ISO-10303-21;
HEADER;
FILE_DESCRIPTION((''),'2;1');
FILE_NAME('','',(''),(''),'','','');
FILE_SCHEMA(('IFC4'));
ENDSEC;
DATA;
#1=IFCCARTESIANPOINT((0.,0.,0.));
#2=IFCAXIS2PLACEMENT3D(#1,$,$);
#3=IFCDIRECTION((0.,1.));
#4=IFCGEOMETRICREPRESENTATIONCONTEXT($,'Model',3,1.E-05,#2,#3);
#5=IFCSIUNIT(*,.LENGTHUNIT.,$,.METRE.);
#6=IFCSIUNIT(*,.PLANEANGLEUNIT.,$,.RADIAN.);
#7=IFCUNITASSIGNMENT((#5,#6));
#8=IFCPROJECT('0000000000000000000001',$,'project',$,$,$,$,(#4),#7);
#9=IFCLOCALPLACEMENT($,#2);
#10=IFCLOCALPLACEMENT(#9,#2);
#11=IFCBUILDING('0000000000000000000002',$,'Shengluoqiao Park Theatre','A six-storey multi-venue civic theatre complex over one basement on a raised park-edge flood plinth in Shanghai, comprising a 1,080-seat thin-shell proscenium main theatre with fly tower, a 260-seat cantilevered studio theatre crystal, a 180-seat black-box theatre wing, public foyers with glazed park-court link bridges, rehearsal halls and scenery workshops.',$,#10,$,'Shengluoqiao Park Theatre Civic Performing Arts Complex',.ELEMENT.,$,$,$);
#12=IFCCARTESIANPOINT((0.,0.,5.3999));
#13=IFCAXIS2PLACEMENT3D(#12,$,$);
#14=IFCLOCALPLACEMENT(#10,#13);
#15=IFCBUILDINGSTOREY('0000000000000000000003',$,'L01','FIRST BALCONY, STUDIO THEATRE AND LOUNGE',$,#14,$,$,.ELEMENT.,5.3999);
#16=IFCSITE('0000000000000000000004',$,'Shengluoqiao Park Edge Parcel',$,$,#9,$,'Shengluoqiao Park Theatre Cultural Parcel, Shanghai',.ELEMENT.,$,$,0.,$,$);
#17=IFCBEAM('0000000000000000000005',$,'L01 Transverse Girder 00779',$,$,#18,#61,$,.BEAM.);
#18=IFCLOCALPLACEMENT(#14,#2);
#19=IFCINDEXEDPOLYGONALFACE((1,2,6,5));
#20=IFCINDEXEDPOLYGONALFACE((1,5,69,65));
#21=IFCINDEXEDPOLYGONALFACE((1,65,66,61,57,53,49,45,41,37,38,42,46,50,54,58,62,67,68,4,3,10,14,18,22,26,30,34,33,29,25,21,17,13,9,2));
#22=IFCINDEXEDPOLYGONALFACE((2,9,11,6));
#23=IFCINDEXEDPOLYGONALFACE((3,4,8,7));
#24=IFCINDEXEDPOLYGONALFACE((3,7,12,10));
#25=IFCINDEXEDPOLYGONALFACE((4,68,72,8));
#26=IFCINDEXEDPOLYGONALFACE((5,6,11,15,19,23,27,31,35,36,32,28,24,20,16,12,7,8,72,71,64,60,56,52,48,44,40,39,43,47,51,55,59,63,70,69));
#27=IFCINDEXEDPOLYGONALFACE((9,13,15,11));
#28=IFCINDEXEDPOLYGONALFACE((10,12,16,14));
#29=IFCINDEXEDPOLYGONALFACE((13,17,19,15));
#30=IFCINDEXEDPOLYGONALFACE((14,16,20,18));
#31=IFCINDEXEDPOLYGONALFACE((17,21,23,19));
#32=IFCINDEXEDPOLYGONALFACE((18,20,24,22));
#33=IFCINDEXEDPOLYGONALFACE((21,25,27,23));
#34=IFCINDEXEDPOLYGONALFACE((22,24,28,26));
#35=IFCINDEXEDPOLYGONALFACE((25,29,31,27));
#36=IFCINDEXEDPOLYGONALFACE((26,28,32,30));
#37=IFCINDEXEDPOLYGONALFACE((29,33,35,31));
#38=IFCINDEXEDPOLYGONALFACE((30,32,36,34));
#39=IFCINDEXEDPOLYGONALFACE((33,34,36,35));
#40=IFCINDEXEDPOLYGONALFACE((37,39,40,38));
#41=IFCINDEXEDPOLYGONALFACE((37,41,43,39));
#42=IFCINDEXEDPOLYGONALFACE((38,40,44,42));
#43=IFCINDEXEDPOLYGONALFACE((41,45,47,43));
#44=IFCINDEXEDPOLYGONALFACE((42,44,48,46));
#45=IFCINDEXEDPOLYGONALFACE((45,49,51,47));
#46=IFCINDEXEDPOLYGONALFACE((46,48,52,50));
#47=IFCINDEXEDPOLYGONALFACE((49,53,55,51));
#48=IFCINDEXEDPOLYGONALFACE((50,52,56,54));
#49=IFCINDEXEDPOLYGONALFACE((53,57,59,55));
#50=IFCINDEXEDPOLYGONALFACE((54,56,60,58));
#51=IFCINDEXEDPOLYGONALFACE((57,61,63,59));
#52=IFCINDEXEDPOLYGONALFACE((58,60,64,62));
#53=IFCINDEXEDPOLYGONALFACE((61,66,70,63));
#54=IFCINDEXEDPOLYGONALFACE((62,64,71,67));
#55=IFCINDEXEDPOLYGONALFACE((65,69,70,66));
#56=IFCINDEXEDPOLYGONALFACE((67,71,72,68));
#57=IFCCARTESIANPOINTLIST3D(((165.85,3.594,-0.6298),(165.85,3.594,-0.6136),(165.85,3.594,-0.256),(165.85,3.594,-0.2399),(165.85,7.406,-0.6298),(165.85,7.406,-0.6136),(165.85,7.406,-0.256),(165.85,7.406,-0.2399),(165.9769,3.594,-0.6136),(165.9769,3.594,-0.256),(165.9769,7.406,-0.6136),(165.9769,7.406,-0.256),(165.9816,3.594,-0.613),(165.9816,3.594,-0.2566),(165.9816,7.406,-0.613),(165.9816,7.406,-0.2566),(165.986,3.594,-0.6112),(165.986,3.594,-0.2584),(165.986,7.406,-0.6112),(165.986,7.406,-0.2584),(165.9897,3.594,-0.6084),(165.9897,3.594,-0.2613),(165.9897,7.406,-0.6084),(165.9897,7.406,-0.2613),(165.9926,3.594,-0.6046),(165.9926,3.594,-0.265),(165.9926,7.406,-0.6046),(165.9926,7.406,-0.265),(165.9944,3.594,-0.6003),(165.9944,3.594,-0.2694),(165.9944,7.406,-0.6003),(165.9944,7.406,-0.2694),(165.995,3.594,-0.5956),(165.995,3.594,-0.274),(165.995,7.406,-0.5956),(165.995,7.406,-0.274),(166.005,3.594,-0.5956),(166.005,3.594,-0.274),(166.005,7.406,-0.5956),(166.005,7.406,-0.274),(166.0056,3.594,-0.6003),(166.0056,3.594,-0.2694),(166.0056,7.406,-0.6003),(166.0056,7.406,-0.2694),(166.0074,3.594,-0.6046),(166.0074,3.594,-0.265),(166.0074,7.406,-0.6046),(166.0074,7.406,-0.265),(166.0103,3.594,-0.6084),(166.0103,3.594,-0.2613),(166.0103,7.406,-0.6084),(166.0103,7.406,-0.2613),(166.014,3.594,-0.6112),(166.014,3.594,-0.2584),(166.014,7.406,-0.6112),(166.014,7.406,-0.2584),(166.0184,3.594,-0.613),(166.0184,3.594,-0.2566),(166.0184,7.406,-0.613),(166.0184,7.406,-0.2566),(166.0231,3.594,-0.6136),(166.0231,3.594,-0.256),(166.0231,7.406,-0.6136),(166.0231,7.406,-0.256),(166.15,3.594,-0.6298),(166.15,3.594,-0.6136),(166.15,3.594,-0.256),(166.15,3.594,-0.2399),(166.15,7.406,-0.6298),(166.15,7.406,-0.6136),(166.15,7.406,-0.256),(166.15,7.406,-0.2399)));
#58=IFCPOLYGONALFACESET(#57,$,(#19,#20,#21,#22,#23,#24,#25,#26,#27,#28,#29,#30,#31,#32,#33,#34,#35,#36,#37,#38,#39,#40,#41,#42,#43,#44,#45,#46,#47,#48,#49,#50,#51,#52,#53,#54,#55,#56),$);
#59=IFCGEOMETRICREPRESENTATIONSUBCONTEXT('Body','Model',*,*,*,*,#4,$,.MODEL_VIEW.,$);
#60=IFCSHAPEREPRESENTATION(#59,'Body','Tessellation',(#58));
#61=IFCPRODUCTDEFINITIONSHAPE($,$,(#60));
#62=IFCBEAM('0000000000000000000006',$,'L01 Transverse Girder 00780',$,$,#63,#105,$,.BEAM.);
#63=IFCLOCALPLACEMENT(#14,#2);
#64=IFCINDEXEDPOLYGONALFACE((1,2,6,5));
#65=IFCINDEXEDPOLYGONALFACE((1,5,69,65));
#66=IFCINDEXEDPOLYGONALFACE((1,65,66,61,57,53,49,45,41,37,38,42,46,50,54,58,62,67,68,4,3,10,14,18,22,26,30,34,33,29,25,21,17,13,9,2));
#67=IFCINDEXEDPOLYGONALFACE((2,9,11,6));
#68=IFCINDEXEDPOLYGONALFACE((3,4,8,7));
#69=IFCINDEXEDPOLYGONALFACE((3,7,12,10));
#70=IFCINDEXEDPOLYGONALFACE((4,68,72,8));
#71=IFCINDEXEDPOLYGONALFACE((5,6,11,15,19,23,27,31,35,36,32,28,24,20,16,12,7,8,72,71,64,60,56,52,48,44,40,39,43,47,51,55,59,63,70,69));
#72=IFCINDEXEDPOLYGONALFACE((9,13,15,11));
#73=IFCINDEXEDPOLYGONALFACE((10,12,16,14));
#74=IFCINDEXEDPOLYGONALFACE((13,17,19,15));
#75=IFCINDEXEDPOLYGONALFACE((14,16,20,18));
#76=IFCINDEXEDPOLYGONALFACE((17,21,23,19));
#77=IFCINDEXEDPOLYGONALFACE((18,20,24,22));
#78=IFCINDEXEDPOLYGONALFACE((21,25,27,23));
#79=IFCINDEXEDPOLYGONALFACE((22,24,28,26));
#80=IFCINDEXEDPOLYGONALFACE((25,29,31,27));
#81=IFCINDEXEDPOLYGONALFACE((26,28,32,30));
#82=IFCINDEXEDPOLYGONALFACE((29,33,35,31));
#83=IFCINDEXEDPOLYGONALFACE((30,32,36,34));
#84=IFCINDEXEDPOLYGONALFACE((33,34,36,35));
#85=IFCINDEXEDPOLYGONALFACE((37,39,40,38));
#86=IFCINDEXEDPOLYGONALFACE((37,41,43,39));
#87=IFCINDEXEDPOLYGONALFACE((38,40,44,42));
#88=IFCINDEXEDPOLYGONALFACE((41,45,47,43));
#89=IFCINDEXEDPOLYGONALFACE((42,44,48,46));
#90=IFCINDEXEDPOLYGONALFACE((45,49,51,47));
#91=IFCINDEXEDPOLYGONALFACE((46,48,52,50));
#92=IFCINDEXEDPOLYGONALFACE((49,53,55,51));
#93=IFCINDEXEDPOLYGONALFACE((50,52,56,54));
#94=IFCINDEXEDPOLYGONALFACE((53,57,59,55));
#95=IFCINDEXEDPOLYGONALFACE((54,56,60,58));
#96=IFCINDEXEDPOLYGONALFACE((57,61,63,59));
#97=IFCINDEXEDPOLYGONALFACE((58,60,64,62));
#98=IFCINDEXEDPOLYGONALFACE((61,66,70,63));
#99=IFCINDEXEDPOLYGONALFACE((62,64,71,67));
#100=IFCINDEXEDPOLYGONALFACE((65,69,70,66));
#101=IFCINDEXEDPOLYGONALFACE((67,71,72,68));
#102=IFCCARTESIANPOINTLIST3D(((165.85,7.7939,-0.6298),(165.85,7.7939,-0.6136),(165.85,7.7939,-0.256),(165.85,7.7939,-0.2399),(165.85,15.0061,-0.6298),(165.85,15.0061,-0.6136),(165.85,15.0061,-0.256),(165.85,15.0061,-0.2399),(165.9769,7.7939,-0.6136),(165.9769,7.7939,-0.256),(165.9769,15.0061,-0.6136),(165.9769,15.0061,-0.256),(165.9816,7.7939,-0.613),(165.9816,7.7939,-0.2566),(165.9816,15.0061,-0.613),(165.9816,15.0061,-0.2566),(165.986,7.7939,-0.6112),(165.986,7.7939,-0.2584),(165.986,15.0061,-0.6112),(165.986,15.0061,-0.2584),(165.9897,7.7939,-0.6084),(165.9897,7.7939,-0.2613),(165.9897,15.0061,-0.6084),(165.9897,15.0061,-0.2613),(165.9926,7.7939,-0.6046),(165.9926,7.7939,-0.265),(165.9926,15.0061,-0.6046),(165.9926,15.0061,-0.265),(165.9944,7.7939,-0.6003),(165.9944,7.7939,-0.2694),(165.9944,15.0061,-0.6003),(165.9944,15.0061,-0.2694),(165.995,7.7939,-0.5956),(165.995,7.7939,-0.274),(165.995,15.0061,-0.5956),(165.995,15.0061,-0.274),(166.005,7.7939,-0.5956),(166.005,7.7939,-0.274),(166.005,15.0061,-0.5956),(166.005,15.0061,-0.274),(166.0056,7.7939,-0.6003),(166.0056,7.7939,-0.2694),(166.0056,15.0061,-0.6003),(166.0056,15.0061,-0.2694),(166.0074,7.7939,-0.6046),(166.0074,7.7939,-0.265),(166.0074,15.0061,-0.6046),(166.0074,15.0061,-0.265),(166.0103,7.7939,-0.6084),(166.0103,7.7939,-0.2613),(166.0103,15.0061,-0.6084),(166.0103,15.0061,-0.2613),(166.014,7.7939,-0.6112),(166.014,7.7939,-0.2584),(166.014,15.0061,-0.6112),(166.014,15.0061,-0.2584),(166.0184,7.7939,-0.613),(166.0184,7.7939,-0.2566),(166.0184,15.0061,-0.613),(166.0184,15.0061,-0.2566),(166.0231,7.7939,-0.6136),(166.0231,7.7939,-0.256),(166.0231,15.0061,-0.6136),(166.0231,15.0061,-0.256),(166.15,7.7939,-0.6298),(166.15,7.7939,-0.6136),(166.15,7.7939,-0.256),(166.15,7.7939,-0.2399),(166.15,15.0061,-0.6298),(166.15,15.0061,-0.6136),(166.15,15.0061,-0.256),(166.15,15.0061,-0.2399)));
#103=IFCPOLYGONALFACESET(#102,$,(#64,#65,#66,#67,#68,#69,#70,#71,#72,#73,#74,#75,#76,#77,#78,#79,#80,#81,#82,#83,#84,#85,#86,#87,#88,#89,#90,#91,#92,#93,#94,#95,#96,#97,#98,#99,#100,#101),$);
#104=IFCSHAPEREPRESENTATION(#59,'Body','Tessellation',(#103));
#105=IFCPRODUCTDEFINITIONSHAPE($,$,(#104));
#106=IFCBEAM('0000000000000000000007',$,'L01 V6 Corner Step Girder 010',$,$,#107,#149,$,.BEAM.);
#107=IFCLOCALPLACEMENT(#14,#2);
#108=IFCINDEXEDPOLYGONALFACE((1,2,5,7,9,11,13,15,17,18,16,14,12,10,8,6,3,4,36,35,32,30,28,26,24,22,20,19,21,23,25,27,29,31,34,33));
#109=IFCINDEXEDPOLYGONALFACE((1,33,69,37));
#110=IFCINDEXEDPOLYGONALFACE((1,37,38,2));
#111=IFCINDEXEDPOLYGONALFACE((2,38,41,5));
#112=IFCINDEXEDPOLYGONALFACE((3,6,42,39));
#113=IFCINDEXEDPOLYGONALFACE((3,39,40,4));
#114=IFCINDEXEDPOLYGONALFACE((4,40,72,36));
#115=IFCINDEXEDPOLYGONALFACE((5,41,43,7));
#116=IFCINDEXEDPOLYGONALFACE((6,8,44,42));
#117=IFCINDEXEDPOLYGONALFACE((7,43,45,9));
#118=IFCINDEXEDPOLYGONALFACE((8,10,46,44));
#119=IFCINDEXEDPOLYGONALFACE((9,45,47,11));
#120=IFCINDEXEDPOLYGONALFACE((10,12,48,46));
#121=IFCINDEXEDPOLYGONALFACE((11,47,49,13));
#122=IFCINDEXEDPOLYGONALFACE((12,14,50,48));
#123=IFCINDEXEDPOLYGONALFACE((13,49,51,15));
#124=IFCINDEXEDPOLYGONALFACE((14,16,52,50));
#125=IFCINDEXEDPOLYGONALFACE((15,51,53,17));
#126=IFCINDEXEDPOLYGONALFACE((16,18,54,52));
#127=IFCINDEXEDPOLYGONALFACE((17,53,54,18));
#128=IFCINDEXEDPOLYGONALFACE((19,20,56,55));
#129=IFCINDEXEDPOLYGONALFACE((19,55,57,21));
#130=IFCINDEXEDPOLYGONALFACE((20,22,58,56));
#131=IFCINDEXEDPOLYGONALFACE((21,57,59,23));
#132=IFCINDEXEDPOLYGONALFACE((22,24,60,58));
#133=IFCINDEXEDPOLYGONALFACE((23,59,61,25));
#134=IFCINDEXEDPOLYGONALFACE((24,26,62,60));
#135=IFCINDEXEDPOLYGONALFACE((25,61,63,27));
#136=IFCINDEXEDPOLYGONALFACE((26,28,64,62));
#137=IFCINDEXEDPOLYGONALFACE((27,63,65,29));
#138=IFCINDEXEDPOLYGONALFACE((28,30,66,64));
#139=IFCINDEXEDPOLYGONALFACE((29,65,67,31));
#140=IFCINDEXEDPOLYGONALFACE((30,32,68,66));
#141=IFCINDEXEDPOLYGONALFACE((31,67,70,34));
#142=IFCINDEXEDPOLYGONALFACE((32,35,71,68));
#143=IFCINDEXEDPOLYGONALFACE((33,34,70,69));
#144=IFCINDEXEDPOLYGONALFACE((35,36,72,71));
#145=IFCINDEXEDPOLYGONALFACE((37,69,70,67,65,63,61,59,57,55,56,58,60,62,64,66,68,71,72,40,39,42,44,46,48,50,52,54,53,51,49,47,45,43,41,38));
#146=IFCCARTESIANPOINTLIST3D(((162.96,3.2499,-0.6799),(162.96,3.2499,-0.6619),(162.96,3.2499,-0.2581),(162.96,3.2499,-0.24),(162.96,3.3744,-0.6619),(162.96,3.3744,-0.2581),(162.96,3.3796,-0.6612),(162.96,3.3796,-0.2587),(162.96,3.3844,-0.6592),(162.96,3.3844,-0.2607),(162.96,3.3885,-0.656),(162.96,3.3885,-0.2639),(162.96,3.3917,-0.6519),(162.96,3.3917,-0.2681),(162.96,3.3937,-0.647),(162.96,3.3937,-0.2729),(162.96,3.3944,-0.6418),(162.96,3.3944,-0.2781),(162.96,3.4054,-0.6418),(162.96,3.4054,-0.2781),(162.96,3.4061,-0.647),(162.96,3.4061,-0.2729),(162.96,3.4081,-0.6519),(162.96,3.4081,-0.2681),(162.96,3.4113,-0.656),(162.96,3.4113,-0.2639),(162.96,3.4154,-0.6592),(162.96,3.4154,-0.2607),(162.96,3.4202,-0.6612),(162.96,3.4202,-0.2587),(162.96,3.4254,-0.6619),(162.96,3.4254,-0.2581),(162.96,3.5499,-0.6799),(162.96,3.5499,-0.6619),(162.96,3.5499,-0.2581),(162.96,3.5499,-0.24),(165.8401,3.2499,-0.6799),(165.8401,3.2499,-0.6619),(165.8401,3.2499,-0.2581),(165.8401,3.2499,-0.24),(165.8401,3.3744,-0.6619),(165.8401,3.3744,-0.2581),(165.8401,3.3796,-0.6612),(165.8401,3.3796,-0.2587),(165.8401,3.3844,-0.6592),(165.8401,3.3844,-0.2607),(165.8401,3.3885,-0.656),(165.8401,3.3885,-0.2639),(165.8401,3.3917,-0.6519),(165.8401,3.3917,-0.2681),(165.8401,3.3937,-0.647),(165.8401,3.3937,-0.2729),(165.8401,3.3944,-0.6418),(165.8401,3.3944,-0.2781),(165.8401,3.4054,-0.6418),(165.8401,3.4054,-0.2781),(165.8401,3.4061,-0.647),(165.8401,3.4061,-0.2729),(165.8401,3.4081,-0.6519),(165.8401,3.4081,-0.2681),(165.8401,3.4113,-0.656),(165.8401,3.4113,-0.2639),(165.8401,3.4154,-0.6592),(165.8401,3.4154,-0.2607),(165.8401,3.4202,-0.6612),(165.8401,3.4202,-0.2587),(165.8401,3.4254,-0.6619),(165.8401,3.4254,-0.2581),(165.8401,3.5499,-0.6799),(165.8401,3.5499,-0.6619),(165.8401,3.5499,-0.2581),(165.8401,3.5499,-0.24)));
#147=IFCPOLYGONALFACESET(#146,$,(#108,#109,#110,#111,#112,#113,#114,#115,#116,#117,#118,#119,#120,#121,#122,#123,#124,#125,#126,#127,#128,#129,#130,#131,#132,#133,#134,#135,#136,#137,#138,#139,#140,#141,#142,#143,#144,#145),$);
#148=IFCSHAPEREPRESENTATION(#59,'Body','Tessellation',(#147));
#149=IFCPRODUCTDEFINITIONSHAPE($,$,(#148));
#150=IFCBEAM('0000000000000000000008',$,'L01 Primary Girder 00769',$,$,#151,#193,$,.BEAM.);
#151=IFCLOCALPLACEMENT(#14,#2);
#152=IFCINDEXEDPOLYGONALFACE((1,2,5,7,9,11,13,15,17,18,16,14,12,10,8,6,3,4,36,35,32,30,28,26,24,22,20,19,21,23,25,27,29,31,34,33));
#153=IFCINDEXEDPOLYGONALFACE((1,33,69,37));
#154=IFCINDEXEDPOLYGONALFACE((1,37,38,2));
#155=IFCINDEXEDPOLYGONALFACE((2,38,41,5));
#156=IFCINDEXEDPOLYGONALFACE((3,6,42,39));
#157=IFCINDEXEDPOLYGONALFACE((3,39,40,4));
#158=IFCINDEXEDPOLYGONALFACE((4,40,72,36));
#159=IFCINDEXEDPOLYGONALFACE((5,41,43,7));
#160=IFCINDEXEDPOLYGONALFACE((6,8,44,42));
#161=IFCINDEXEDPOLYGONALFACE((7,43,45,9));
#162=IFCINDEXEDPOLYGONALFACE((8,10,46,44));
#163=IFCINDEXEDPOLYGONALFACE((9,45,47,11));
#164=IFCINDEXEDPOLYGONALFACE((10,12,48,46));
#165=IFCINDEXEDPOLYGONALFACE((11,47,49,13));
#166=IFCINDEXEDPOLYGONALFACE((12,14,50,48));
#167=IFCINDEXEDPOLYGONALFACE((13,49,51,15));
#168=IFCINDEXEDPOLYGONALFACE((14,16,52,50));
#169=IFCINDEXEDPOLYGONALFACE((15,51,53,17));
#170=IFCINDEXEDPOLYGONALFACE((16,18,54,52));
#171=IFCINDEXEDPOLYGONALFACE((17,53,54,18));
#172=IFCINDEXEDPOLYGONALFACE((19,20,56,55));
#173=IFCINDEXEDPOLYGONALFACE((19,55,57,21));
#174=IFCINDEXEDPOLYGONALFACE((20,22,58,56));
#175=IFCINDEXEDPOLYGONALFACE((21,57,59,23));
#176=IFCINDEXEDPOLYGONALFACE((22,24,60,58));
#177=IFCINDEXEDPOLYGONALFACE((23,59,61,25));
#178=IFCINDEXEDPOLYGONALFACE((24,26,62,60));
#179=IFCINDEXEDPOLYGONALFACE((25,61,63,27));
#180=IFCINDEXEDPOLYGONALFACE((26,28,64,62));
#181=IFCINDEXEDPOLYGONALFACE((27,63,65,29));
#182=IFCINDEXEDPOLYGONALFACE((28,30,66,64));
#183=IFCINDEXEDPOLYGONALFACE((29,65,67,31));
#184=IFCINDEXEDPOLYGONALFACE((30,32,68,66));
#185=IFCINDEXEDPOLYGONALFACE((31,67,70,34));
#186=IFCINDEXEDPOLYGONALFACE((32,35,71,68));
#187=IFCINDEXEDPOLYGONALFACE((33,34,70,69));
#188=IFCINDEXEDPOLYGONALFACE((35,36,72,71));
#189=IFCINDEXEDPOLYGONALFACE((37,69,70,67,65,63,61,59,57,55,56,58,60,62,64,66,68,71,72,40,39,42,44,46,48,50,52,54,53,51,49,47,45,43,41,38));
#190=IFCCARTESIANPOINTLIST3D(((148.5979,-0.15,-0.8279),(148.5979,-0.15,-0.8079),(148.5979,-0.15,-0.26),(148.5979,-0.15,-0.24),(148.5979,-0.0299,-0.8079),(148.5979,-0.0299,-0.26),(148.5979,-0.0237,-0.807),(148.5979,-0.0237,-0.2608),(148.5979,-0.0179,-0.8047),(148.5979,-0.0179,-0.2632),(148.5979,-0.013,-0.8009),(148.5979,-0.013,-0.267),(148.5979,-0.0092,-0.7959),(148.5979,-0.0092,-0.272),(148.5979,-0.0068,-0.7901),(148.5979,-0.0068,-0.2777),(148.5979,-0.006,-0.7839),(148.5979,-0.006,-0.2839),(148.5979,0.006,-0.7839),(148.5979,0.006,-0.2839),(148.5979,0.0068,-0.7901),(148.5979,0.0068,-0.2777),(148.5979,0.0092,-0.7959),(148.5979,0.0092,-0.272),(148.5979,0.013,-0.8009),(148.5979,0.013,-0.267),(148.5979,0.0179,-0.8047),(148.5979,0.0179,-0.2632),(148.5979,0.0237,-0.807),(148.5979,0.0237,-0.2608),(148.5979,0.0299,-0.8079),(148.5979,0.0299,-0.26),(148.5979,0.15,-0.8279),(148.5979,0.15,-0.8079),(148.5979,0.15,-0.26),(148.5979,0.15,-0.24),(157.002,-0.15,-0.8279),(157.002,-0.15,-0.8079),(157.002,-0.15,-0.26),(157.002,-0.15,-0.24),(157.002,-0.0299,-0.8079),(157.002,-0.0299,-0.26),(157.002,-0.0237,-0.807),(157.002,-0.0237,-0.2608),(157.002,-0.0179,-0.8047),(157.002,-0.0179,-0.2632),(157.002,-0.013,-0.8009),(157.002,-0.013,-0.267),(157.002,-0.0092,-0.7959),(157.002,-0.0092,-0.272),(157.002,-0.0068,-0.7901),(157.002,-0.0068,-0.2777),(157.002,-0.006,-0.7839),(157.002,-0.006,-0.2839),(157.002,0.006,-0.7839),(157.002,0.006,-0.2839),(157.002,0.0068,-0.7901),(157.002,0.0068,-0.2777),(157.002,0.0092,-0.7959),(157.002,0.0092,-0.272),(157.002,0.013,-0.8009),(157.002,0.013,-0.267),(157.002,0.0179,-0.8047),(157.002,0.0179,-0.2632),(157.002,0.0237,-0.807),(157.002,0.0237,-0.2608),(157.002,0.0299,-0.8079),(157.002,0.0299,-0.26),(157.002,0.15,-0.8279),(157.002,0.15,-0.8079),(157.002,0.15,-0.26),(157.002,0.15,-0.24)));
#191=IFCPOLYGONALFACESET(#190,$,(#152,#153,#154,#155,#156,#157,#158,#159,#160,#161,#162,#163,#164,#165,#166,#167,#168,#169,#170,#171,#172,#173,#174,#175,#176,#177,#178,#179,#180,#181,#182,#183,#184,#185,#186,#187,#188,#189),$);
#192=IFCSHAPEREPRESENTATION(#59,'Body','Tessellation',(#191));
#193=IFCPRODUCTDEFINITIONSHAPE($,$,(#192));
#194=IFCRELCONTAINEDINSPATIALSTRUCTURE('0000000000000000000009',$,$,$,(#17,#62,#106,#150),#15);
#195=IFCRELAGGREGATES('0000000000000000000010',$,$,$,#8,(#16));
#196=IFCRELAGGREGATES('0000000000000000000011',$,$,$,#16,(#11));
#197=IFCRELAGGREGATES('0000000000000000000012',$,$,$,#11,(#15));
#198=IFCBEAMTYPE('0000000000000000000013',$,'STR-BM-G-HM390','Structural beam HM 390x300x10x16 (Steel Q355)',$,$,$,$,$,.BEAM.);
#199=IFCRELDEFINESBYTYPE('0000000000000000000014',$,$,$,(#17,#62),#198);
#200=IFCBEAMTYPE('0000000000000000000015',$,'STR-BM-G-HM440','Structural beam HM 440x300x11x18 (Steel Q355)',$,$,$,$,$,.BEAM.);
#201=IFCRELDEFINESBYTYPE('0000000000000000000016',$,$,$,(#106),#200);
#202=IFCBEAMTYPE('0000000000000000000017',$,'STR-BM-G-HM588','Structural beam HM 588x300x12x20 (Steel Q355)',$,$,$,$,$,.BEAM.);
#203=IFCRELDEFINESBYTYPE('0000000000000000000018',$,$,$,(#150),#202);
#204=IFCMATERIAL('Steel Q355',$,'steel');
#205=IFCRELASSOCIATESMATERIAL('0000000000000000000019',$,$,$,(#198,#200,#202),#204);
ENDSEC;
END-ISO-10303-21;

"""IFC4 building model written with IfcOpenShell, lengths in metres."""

from ifc_helpers import new_model, si_unit, direction, frame, origin, origin_2d, place, context, subcontext, project, spatial, i_section, extrude, material, material_profile, profile_set, type_object, element, save


model = new_model("IFC4")

# Units and contexts
model_context = context("Model", 3, precision=1e-05, world=origin(), true_north=direction((0.0, 1.0)))
body_context = subcontext(model_context, "Body", "Model", "MODEL_VIEW")
ifc_project = project(units=[si_unit("LENGTHUNIT", "METRE"), si_unit("PLANEANGLEUNIT", "RADIAN")], contexts=[model_context])

# Site, building, storey
site_placement = place(None, origin())
site = spatial("IfcSite", under=ifc_project, at=site_placement, Name="Shengluoqiao Park Edge Parcel", LongName="Shengluoqiao Park Theatre Cultural Parcel, Shanghai", CompositionType="ELEMENT", RefElevation=0.0)
building_placement = place(site_placement, origin())
building = spatial("IfcBuilding", under=site, at=building_placement, Name="Shengluoqiao Park Theatre", Description="A six-storey multi-venue civic theatre complex over one basement on a raised park-edge flood plinth in Shanghai, comprising a 1,080-seat thin-shell proscenium main theatre with fly tower, a 260-seat cantilevered studio theatre crystal, a 180-seat black-box theatre wing, public foyers with glazed park-court link bridges, rehearsal halls and scenery workshops.", LongName="Shengluoqiao Park Theatre Civic Performing Arts Complex", CompositionType="ELEMENT")
storey_placement = place(building_placement, frame((0.0, 0.0, 5.3999)))
storey = spatial("IfcBuildingStorey", under=building, at=storey_placement, Name="L01", Description="FIRST BALCONY, STUDIO THEATRE AND LOUNGE", CompositionType="ELEMENT", Elevation=5.3999)

# Shared definitions
ifc_material_1 = material(Name="Steel Q355", Category="steel")

# Beams
ifc_material_profile_1 = material_profile(ifc_material_1, i_section(OverallWidth=0.3, OverallDepth=0.3899, WebThickness=0.01, FlangeThickness=0.0161, FilletRadius=0.0181, at=origin_2d()), Name="HM 390x300x10x16")
ifc_profile_set_1 = profile_set([ifc_material_profile_1], Name="Steel Q355")
beam_type_1 = type_object("IfcBeamType", Name="STR-BM-G-HM390", Description="Structural beam HM 390x300x10x16 (Steel Q355)", PredefinedType="BEAM", material=ifc_profile_set_1)
beam_1_placement = place(storey_placement, frame((166.0, 3.594, -0.4348), z_axis=(0.0, 1.0, 0.0), x_axis=(-1.0, 0.0, 0.0)))
element("IfcBeam", 1, at=beam_1_placement, inside=storey, type_object=beam_type_1, Name="L01 Transverse Girder 00779", PredefinedType="BEAM", context=body_context, shape_type="SweptSolid", body=[
    extrude(i_section(OverallWidth=0.3, OverallDepth=0.3899, WebThickness=0.01, FlangeThickness=0.0161, FilletRadius=0.0181, at=origin_2d()), origin(), (0.0, 0.0, 1.0), 3.812),
])
beam_2_placement = place(storey_placement, frame((166.0, 7.7939, -0.4348), z_axis=(0.0, 1.0, 0.0), x_axis=(-1.0, 0.0, 0.0)))
element("IfcBeam", 2, at=beam_2_placement, inside=storey, type_object=beam_type_1, Name="L01 Transverse Girder 00780", PredefinedType="BEAM", context=body_context, shape_type="SweptSolid", body=[
    extrude(i_section(OverallWidth=0.3, OverallDepth=0.3899, WebThickness=0.01, FlangeThickness=0.0161, FilletRadius=0.0181, at=origin_2d()), origin(), (0.0, 0.0, 1.0), 7.2122),
])
ifc_material_profile_2 = material_profile(ifc_material_1, i_section(OverallWidth=0.3, OverallDepth=0.4399, WebThickness=0.011, FlangeThickness=0.0181, FilletRadius=0.02, at=origin_2d()), Name="HM 440x300x11x18")
ifc_profile_set_2 = profile_set([ifc_material_profile_2], Name="Steel Q355")
beam_type_2 = type_object("IfcBeamType", Name="STR-BM-G-HM440", Description="Structural beam HM 440x300x11x18 (Steel Q355)", PredefinedType="BEAM", material=ifc_profile_set_2)
beam_3_placement = place(storey_placement, frame((162.96, 3.3999, -0.46), z_axis=(1.0, 0.0, 0.0), x_axis=(0.0, 1.0, 0.0)))
element("IfcBeam", 3, at=beam_3_placement, inside=storey, type_object=beam_type_2, Name="L01 V6 Corner Step Girder 010", PredefinedType="BEAM", context=body_context, shape_type="SweptSolid", body=[
    extrude(i_section(OverallWidth=0.3, OverallDepth=0.4399, WebThickness=0.011, FlangeThickness=0.0181, FilletRadius=0.02, at=origin_2d()), origin(), (0.0, 0.0, 1.0), 2.8801),
])
ifc_material_profile_3 = material_profile(ifc_material_1, i_section(OverallWidth=0.3, OverallDepth=0.5879, WebThickness=0.012, FlangeThickness=0.02, FilletRadius=0.0239, at=origin_2d()), Name="HM 588x300x12x20")
ifc_profile_set_3 = profile_set([ifc_material_profile_3], Name="Steel Q355")
beam_type_3 = type_object("IfcBeamType", Name="STR-BM-G-HM588", Description="Structural beam HM 588x300x12x20 (Steel Q355)", PredefinedType="BEAM", material=ifc_profile_set_3)
beam_4_placement = place(storey_placement, frame((148.5979, 0.0, -0.5339), z_axis=(1.0, 0.0, 0.0), x_axis=(0.0, 1.0, 0.0)))
element("IfcBeam", 4, at=beam_4_placement, inside=storey, type_object=beam_type_3, Name="L01 Primary Girder 00769", PredefinedType="BEAM", context=body_context, shape_type="SweptSolid", body=[
    extrude(i_section(OverallWidth=0.3, OverallDepth=0.5879, WebThickness=0.012, FlangeThickness=0.02, FilletRadius=0.0239, at=origin_2d()), origin(), (0.0, 0.0, 1.0), 8.4041),
])

save(model, "model.ifc")
